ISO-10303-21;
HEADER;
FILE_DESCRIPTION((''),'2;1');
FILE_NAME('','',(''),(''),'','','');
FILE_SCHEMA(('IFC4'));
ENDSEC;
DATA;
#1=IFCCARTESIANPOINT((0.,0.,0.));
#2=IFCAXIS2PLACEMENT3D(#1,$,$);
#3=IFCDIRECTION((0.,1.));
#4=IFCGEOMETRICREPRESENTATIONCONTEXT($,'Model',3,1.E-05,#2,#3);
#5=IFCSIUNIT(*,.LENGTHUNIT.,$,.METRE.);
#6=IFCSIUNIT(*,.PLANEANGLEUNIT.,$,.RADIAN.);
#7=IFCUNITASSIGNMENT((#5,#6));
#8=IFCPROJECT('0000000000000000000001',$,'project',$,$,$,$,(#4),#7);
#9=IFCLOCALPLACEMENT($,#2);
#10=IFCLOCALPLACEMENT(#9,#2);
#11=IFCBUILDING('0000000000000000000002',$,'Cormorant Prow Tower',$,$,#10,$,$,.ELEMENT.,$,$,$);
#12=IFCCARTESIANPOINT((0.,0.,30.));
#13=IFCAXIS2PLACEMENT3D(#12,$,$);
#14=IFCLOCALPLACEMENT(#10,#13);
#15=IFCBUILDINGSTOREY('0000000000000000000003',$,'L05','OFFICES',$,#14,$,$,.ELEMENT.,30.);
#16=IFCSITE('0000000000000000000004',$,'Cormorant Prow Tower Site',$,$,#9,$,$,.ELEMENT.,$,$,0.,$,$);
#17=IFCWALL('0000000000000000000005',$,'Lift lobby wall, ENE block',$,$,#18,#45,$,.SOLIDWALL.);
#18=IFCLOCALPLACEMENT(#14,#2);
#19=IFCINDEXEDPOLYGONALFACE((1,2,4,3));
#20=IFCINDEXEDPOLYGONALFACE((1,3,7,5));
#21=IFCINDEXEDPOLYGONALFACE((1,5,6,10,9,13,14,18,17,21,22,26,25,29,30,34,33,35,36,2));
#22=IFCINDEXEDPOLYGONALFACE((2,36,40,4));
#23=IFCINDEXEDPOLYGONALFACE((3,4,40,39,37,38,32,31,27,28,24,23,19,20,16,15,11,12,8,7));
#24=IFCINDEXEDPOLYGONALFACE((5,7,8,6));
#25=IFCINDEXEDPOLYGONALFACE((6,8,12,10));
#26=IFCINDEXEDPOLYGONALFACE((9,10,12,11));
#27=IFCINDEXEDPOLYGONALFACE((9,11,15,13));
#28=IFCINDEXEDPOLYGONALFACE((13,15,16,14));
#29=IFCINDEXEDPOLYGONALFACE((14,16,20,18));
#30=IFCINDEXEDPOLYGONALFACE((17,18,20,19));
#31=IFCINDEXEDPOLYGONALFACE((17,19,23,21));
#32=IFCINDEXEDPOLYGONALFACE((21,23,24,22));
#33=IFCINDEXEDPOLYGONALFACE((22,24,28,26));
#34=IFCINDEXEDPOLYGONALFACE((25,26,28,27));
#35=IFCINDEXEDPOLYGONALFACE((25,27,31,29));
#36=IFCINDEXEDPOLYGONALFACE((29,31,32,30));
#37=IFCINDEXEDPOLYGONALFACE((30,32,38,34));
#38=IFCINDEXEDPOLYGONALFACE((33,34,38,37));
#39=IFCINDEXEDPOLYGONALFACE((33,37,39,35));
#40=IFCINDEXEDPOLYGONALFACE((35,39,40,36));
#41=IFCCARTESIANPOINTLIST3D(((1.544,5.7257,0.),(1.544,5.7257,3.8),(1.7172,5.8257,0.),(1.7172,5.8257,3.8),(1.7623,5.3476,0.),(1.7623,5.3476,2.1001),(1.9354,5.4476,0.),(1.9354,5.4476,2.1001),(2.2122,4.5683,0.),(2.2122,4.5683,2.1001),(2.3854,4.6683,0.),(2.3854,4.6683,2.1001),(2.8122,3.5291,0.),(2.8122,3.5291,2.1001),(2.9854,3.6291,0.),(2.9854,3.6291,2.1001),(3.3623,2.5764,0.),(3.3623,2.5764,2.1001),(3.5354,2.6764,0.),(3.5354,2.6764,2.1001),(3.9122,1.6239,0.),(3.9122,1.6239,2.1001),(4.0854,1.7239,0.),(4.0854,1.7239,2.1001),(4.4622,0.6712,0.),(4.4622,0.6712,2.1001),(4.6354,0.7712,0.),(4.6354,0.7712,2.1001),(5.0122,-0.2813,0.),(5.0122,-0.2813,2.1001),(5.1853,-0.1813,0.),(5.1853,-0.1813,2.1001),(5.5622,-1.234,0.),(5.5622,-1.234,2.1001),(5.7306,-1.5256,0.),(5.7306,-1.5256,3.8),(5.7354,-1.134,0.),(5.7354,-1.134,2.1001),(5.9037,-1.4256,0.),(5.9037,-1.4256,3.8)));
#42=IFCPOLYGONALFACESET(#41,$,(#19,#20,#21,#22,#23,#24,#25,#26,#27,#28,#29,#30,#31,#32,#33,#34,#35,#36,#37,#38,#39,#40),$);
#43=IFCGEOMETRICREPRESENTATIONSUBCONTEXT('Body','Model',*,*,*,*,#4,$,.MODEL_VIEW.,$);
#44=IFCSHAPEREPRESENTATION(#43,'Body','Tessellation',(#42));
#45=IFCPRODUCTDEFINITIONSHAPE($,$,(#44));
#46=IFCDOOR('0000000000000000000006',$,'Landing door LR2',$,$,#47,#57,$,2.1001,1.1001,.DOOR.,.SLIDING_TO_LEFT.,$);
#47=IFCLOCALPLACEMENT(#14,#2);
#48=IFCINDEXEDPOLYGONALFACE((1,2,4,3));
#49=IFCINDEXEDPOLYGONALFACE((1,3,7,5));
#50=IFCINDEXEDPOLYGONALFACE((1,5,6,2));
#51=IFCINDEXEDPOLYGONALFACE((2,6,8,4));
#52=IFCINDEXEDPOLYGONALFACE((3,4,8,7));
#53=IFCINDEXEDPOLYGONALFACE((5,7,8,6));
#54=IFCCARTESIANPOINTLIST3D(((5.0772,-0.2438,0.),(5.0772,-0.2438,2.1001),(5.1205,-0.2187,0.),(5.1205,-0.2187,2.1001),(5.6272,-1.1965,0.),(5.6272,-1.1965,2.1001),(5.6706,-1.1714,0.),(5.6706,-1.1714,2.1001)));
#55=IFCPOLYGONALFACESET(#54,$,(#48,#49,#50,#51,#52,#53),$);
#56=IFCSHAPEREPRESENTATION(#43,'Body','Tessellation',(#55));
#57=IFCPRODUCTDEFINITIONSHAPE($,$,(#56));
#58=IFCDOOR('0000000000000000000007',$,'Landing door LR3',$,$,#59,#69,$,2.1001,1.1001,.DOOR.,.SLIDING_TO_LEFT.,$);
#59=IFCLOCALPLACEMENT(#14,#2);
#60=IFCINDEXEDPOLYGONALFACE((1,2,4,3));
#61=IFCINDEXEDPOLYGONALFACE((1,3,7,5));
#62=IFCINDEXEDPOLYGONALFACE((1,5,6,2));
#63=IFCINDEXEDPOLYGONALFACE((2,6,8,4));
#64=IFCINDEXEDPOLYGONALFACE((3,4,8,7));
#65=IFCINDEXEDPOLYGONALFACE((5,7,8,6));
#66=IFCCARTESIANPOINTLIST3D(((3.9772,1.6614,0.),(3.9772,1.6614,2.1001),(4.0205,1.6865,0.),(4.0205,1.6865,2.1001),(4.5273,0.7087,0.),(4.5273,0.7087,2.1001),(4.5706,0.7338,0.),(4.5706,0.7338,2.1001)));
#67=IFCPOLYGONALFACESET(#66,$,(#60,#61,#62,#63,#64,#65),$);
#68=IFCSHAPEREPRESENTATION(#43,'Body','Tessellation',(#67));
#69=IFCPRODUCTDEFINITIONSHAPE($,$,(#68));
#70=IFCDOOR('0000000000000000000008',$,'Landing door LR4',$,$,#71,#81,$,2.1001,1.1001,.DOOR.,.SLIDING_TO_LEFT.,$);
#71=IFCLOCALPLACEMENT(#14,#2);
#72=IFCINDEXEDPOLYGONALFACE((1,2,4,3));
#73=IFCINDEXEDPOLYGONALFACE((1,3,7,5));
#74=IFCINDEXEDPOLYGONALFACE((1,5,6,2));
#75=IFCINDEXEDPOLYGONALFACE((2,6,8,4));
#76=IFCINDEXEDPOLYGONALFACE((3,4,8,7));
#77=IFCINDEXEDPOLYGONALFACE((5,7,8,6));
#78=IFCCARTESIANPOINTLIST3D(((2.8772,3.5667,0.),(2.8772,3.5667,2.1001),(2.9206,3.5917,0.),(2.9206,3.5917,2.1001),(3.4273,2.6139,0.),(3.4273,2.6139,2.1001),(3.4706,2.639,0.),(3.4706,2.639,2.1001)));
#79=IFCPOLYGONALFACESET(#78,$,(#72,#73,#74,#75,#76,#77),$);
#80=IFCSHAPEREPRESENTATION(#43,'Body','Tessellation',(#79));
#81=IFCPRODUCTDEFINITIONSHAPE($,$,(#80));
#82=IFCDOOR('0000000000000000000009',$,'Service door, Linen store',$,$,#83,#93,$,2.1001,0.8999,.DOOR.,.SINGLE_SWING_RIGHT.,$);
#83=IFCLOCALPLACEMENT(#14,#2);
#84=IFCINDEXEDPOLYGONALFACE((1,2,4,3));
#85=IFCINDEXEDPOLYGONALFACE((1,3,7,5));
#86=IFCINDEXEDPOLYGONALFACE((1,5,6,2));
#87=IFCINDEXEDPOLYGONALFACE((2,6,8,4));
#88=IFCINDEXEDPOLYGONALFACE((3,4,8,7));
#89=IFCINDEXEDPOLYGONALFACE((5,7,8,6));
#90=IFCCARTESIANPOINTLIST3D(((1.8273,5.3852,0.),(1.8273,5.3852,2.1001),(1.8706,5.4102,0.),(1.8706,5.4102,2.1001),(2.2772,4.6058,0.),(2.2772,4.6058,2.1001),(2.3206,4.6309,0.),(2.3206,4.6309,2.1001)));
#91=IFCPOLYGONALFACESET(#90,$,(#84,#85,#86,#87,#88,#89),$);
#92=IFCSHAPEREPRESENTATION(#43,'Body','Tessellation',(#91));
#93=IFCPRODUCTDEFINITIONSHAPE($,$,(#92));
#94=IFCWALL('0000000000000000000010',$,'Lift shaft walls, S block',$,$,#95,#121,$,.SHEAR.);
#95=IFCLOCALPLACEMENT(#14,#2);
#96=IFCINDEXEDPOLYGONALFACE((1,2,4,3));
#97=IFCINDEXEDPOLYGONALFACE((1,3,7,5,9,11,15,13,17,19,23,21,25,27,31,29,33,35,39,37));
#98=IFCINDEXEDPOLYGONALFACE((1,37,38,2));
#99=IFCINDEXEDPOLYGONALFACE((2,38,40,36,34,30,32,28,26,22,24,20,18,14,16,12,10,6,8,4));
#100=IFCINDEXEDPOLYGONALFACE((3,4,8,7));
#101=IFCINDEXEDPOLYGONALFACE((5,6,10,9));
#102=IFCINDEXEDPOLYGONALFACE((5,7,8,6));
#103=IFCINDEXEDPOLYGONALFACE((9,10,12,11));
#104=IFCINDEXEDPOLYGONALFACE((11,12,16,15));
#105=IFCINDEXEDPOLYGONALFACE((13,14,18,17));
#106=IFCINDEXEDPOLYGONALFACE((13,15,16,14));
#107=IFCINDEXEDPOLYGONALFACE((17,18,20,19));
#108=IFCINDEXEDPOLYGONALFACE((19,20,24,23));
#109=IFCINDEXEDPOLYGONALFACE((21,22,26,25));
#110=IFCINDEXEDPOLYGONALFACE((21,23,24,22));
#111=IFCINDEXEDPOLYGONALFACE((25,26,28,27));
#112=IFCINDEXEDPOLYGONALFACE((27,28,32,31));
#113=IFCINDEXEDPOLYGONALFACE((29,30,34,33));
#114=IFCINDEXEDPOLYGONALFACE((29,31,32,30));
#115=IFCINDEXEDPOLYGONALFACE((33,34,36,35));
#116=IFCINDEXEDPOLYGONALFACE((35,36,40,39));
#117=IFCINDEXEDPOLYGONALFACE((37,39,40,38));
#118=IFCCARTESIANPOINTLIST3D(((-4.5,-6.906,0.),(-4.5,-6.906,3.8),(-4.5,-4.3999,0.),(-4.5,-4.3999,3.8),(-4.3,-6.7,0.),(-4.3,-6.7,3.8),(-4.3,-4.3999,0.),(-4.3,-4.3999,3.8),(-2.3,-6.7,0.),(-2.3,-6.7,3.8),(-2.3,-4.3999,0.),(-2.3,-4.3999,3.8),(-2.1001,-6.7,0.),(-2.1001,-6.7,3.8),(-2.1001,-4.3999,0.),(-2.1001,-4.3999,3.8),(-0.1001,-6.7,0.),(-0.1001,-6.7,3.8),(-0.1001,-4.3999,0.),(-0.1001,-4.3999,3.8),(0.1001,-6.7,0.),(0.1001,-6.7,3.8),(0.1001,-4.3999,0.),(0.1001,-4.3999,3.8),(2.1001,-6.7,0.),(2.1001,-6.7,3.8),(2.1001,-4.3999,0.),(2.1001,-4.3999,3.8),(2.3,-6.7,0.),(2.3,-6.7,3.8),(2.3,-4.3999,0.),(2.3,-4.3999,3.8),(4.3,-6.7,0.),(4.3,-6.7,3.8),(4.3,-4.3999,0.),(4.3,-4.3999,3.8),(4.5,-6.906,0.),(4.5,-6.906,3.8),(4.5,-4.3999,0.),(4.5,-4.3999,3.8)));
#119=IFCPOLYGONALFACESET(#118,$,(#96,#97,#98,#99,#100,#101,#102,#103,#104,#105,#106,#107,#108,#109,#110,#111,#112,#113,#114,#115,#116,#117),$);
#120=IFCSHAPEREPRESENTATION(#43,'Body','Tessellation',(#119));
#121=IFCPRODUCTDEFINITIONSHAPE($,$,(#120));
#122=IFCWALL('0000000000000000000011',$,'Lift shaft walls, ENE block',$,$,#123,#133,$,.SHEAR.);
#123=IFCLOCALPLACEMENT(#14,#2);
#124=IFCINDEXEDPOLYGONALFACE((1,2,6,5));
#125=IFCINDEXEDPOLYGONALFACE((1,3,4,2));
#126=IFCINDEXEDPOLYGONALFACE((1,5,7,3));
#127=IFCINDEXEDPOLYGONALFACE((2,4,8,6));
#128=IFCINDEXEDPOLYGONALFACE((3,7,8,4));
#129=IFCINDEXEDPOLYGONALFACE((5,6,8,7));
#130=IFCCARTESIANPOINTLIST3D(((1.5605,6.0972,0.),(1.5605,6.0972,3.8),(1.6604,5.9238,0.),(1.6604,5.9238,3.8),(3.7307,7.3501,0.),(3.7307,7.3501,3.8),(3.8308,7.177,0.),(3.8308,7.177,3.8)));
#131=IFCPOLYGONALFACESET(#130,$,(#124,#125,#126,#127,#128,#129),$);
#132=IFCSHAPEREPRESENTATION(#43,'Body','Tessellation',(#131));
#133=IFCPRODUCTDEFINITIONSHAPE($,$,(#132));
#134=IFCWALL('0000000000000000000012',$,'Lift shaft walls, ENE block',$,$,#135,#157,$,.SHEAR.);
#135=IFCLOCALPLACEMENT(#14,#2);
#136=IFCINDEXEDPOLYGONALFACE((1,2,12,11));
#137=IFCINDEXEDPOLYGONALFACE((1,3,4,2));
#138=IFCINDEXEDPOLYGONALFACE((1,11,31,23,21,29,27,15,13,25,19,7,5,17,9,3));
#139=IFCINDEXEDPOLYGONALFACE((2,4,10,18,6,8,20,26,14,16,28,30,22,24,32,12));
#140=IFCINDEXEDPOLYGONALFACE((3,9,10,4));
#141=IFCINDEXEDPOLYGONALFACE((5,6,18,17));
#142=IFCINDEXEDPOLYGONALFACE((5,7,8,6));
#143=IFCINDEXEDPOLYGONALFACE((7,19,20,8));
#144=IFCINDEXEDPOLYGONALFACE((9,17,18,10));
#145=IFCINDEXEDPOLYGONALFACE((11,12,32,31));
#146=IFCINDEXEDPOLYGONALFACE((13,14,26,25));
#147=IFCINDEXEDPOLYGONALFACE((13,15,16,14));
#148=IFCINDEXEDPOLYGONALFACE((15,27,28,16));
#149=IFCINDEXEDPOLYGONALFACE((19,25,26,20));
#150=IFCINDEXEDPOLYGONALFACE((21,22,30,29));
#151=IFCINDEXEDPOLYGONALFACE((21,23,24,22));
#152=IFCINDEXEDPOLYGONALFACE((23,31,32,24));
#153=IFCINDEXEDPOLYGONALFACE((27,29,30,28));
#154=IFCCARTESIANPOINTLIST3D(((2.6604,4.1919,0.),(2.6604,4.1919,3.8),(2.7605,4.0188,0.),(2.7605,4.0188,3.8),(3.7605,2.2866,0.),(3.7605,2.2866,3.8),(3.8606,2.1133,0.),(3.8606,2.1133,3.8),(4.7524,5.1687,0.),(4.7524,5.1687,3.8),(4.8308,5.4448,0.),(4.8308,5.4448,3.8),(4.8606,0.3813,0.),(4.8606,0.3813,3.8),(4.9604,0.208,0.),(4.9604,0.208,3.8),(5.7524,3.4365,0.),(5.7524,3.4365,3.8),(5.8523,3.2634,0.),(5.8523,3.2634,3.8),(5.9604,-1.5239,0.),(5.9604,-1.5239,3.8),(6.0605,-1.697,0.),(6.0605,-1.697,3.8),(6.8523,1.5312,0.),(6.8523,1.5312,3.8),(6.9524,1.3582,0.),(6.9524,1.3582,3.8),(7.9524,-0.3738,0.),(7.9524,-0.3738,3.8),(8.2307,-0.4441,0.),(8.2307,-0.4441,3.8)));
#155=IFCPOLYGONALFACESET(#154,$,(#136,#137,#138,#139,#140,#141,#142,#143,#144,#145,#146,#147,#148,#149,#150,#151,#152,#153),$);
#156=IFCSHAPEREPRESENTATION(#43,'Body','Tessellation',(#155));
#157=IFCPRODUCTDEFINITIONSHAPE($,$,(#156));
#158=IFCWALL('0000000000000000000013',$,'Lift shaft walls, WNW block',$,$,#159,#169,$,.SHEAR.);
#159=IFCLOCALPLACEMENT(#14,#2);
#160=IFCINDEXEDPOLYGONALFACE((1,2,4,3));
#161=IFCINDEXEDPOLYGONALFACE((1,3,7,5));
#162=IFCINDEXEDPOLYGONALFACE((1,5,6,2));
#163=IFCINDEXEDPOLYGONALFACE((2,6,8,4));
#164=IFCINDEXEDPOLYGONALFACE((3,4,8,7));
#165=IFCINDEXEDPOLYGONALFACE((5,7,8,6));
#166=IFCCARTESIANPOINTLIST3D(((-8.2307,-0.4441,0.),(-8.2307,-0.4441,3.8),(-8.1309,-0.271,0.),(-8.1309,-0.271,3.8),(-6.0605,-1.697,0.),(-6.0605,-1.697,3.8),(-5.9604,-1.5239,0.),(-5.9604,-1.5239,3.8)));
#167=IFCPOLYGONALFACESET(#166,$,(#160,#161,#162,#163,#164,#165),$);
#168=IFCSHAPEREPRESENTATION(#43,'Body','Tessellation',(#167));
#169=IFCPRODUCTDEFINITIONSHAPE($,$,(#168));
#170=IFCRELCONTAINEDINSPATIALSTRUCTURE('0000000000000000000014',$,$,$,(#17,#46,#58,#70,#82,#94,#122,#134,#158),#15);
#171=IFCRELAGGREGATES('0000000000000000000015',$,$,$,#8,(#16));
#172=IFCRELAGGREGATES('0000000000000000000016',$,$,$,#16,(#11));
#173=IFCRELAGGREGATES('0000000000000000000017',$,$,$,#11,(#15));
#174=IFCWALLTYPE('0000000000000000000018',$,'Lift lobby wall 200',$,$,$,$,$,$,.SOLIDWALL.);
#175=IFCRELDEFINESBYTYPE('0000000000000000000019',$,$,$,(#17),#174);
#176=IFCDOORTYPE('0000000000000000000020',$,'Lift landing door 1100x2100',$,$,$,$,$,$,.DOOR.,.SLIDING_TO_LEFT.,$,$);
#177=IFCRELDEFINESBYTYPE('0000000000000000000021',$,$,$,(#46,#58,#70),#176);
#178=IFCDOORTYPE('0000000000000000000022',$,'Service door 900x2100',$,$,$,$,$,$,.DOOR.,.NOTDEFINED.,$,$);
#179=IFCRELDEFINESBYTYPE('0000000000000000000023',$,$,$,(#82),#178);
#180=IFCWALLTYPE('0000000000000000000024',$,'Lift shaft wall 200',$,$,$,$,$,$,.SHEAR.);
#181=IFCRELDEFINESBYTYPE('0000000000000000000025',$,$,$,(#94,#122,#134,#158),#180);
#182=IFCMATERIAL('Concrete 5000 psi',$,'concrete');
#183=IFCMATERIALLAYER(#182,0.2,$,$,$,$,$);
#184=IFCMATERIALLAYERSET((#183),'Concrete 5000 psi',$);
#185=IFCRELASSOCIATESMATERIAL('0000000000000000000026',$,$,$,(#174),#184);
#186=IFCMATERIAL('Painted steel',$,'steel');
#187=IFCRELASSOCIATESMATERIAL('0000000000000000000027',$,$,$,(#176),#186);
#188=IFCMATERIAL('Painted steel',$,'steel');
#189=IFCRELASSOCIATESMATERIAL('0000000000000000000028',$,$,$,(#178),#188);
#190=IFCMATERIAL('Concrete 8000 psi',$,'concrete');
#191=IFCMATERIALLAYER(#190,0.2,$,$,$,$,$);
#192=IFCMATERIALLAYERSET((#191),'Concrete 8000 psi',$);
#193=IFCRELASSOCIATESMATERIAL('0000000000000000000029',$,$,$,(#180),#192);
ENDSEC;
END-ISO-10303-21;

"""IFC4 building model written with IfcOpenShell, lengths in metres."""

from ifc_helpers import new_model, si_unit, direction, frame, frame_2d, origin, place, context, subcontext, project, spatial, polyline, rectangle, outline, extrude, material, layer, layer_set, type_object, element, fill, save


model = new_model("IFC4")

# Units and contexts
model_context = context("Model", 3, precision=1e-05, world=origin(), true_north=direction((0.0, 1.0)))
body_context = subcontext(model_context, "Body", "Model", "MODEL_VIEW")
ifc_project = project(units=[si_unit("LENGTHUNIT", "METRE"), si_unit("PLANEANGLEUNIT", "RADIAN")], contexts=[model_context])

# Site, building, storey
site_placement = place(None, origin())
site = spatial("IfcSite", under=ifc_project, at=site_placement, Name="Cormorant Prow Tower Site", CompositionType="ELEMENT", RefElevation=0.0)
building_placement = place(site_placement, origin())
building = spatial("IfcBuilding", under=site, at=building_placement, Name="Cormorant Prow Tower", CompositionType="ELEMENT")
storey_placement = place(building_placement, frame((0.0, 0.0, 30.0)))
storey = spatial("IfcBuildingStorey", under=building, at=storey_placement, Name="L05", Description="OFFICES", CompositionType="ELEMENT", Elevation=30.0)

# Wall, openings, doors
ifc_material_1 = material(Name="Concrete 5000 psi", Category="concrete")
ifc_layer_1 = layer(ifc_material_1, 0.2)
ifc_layer_set_1 = layer_set([ifc_layer_1], Name="Concrete 5000 psi")
wall_type_1 = type_object("IfcWallType", Name="Lift lobby wall 200", PredefinedType="SOLIDWALL", material=ifc_layer_set_1)
wall_1_placement = place(storey_placement, frame((5.8171, -1.4756, 0.0), z_axis=(0.0, 0.0, 1.0), x_axis=(-0.500003, 0.866024, 0.0)))
wall_1 = element("IfcWall", 1, at=wall_1_placement, inside=storey, type_object=wall_type_1, Name="Lift lobby wall, ENE block", PredefinedType="SOLIDWALL", context=body_context, shape_type="SweptSolid", body=[
    extrude(rectangle(XDim=8.373, YDim=0.2, at=frame_2d((4.1865, 0.0))), origin(), (0.0, 0.0, 1.0), 3.8),
])
opening_1_placement = place(wall_1_placement, frame((0.3367, 0.0, 0.0)))
opening_1 = element("IfcOpeningElement", 2, at=opening_1_placement, cuts=wall_1, PredefinedType="OPENING", context=body_context, shape_type="SweptSolid", body=[
    extrude(rectangle(XDim=1.1001, YDim=2.1001, at=frame_2d((0.55, 1.05))), frame((0.0, 0.1099, 0.0), z_axis=(0.0, -1.0, 0.0), x_axis=(1.0, 0.0, 0.0)), (0.0, 0.0, 1.0), 0.22),
])
opening_2_placement = place(wall_1_placement, frame((2.5366, 0.0, 0.0)))
opening_2 = element("IfcOpeningElement", 3, at=opening_2_placement, cuts=wall_1, PredefinedType="OPENING", context=body_context, shape_type="SweptSolid", body=[
    extrude(rectangle(XDim=1.1001, YDim=2.1001, at=frame_2d((0.55, 1.05))), frame((0.0, 0.1099, 0.0), z_axis=(0.0, -1.0, 0.0), x_axis=(1.0, 0.0, 0.0)), (0.0, 0.0, 1.0), 0.22),
])
opening_3_placement = place(wall_1_placement, frame((4.7366, 0.0, 0.0)))
opening_3 = element("IfcOpeningElement", 4, at=opening_3_placement, cuts=wall_1, PredefinedType="OPENING", context=body_context, shape_type="SweptSolid", body=[
    extrude(rectangle(XDim=1.1001, YDim=2.1001, at=frame_2d((0.55, 1.05))), frame((0.0, 0.1099, 0.0), z_axis=(0.0, -1.0, 0.0), x_axis=(1.0, 0.0, 0.0)), (0.0, 0.0, 1.0), 0.22),
])
opening_4_placement = place(wall_1_placement, frame((7.0366, 0.0, 0.0)))
opening_4 = element("IfcOpeningElement", 5, at=opening_4_placement, cuts=wall_1, PredefinedType="OPENING", context=body_context, shape_type="SweptSolid", body=[
    extrude(rectangle(XDim=0.8999, YDim=2.1001, at=frame_2d((0.45, 1.05))), frame((0.0, 0.1099, 0.0), z_axis=(0.0, -1.0, 0.0), x_axis=(1.0, 0.0, 0.0)), (0.0, 0.0, 1.0), 0.22),
])
ifc_material_2 = material(Name="Painted steel", Category="steel")
door_type_1 = type_object("IfcDoorType", Name="Lift landing door 1100x2100", OperationType="SLIDING_TO_LEFT", PredefinedType="DOOR", material=ifc_material_2)
door_1_placement = place(opening_1_placement, origin())
door_1 = element("IfcDoor", 6, at=door_1_placement, inside=storey, type_object=door_type_1, Name="Landing door LR2", OperationType="SLIDING_TO_LEFT", OverallHeight=2.1001, OverallWidth=1.1001, PredefinedType="DOOR", context=body_context, shape_type="SweptSolid", body=[
    extrude(rectangle(XDim=1.1001, YDim=2.1001, at=frame_2d((0.55, 1.05))), frame((0.0, 0.0249, 0.0), z_axis=(0.0, -1.0, 0.0), x_axis=(1.0, 0.0, 0.0)), (0.0, 0.0, 1.0), 0.05),
])
fill(opening_1, door_1)
door_2_placement = place(opening_2_placement, origin())
door_2 = element("IfcDoor", 7, at=door_2_placement, inside=storey, type_object=door_type_1, Name="Landing door LR3", OperationType="SLIDING_TO_LEFT", OverallHeight=2.1001, OverallWidth=1.1001, PredefinedType="DOOR", context=body_context, shape_type="SweptSolid", body=[
    extrude(rectangle(XDim=1.1001, YDim=2.1001, at=frame_2d((0.55, 1.05))), frame((0.0, 0.0249, 0.0), z_axis=(0.0, -1.0, 0.0), x_axis=(1.0, 0.0, 0.0)), (0.0, 0.0, 1.0), 0.05),
])
fill(opening_2, door_2)
door_3_placement = place(opening_3_placement, origin())
door_3 = element("IfcDoor", 8, at=door_3_placement, inside=storey, type_object=door_type_1, Name="Landing door LR4", OperationType="SLIDING_TO_LEFT", OverallHeight=2.1001, OverallWidth=1.1001, PredefinedType="DOOR", context=body_context, shape_type="SweptSolid", body=[
    extrude(rectangle(XDim=1.1001, YDim=2.1001, at=frame_2d((0.55, 1.05))), frame((0.0, 0.0249, 0.0), z_axis=(0.0, -1.0, 0.0), x_axis=(1.0, 0.0, 0.0)), (0.0, 0.0, 1.0), 0.05),
])
fill(opening_3, door_3)
ifc_material_3 = material(Name="Painted steel", Category="steel")
door_type_2 = type_object("IfcDoorType", Name="Service door 900x2100", OperationType="NOTDEFINED", PredefinedType="DOOR", material=ifc_material_3)
door_4_placement = place(opening_4_placement, origin())
door_4 = element("IfcDoor", 9, at=door_4_placement, inside=storey, type_object=door_type_2, Name="Service door, Linen store", OperationType="SINGLE_SWING_RIGHT", OverallHeight=2.1001, OverallWidth=0.8999, PredefinedType="DOOR", context=body_context, shape_type="SweptSolid", body=[
    extrude(rectangle(XDim=0.8999, YDim=2.1001, at=frame_2d((0.45, 1.05))), frame((0.0, 0.0249, 0.0), z_axis=(0.0, -1.0, 0.0), x_axis=(1.0, 0.0, 0.0)), (0.0, 0.0, 1.0), 0.05),
])
fill(opening_4, door_4)

# Walls
ifc_material_4 = material(Name="Concrete 8000 psi", Category="concrete")
ifc_layer_2 = layer(ifc_material_4, 0.2)
ifc_layer_set_2 = layer_set([ifc_layer_2], Name="Concrete 8000 psi")
wall_type_2 = type_object("IfcWallType", Name="Lift shaft wall 200", PredefinedType="SHEAR", material=ifc_layer_set_2)
wall_2_placement = place(storey_placement, origin())
element("IfcWall", 10, at=wall_2_placement, inside=storey, type_object=wall_type_2, Name="Lift shaft walls, S block", PredefinedType="SHEAR", context=body_context, shape_type="SweptSolid", body=[
    extrude(outline(polyline([(4.5, -4.3999), (4.5, -6.906), (-4.5, -6.906), (-4.5, -4.3999), (-4.3, -4.3999), (-4.3, -6.7), (-2.3, -6.7), (-2.3, -4.3999), (-2.1001, -4.3999), (-2.1001, -6.7), (-0.1001, -6.7), (-0.1001, -4.3999), (0.1001, -4.3999), (0.1001, -6.7), (2.1001, -6.7), (2.1001, -4.3999), (2.3, -4.3999), (2.3, -6.7), (4.3, -6.7), (4.3, -4.3999), (4.5, -4.3999)])), origin(), (0.0, 0.0, 1.0), 3.8),
])
wall_3_placement = place(storey_placement, origin())
element("IfcWall", 11, at=wall_3_placement, inside=storey, type_object=wall_type_2, Name="Lift shaft walls, ENE block", PredefinedType="SHEAR", context=body_context, shape_type="SweptSolid", body=[
    extrude(outline(polyline([(1.5605, 6.0972), (3.7307, 7.3501), (3.8308, 7.177), (1.6604, 5.9238), (1.5605, 6.0972)])), origin(), (0.0, 0.0, 1.0), 3.8),
])
wall_4_placement = place(storey_placement, origin())
element("IfcWall", 12, at=wall_4_placement, inside=storey, type_object=wall_type_2, Name="Lift shaft walls, ENE block", PredefinedType="SHEAR", context=body_context, shape_type="SweptSolid", body=[
    extrude(outline(polyline([(2.6604, 4.1919), (4.8308, 5.4448), (8.2307, -0.4441), (6.0605, -1.697), (5.9604, -1.5239), (7.9524, -0.3738), (6.9524, 1.3582), (4.9604, 0.208), (4.8606, 0.3813), (6.8523, 1.5312), (5.8523, 3.2634), (3.8606, 2.1133), (3.7605, 2.2866), (5.7524, 3.4365), (4.7524, 5.1687), (2.7605, 4.0188), (2.6604, 4.1919)])), origin(), (0.0, 0.0, 1.0), 3.8),
])
wall_5_placement = place(storey_placement, origin())
element("IfcWall", 13, at=wall_5_placement, inside=storey, type_object=wall_type_2, Name="Lift shaft walls, WNW block", PredefinedType="SHEAR", context=body_context, shape_type="SweptSolid", body=[
    extrude(outline(polyline([(-6.0605, -1.697), (-8.2307, -0.4441), (-8.1309, -0.271), (-5.9604, -1.5239), (-6.0605, -1.697)])), origin(), (0.0, 0.0, 1.0), 3.8),
])

save(model, "model.ifc")
